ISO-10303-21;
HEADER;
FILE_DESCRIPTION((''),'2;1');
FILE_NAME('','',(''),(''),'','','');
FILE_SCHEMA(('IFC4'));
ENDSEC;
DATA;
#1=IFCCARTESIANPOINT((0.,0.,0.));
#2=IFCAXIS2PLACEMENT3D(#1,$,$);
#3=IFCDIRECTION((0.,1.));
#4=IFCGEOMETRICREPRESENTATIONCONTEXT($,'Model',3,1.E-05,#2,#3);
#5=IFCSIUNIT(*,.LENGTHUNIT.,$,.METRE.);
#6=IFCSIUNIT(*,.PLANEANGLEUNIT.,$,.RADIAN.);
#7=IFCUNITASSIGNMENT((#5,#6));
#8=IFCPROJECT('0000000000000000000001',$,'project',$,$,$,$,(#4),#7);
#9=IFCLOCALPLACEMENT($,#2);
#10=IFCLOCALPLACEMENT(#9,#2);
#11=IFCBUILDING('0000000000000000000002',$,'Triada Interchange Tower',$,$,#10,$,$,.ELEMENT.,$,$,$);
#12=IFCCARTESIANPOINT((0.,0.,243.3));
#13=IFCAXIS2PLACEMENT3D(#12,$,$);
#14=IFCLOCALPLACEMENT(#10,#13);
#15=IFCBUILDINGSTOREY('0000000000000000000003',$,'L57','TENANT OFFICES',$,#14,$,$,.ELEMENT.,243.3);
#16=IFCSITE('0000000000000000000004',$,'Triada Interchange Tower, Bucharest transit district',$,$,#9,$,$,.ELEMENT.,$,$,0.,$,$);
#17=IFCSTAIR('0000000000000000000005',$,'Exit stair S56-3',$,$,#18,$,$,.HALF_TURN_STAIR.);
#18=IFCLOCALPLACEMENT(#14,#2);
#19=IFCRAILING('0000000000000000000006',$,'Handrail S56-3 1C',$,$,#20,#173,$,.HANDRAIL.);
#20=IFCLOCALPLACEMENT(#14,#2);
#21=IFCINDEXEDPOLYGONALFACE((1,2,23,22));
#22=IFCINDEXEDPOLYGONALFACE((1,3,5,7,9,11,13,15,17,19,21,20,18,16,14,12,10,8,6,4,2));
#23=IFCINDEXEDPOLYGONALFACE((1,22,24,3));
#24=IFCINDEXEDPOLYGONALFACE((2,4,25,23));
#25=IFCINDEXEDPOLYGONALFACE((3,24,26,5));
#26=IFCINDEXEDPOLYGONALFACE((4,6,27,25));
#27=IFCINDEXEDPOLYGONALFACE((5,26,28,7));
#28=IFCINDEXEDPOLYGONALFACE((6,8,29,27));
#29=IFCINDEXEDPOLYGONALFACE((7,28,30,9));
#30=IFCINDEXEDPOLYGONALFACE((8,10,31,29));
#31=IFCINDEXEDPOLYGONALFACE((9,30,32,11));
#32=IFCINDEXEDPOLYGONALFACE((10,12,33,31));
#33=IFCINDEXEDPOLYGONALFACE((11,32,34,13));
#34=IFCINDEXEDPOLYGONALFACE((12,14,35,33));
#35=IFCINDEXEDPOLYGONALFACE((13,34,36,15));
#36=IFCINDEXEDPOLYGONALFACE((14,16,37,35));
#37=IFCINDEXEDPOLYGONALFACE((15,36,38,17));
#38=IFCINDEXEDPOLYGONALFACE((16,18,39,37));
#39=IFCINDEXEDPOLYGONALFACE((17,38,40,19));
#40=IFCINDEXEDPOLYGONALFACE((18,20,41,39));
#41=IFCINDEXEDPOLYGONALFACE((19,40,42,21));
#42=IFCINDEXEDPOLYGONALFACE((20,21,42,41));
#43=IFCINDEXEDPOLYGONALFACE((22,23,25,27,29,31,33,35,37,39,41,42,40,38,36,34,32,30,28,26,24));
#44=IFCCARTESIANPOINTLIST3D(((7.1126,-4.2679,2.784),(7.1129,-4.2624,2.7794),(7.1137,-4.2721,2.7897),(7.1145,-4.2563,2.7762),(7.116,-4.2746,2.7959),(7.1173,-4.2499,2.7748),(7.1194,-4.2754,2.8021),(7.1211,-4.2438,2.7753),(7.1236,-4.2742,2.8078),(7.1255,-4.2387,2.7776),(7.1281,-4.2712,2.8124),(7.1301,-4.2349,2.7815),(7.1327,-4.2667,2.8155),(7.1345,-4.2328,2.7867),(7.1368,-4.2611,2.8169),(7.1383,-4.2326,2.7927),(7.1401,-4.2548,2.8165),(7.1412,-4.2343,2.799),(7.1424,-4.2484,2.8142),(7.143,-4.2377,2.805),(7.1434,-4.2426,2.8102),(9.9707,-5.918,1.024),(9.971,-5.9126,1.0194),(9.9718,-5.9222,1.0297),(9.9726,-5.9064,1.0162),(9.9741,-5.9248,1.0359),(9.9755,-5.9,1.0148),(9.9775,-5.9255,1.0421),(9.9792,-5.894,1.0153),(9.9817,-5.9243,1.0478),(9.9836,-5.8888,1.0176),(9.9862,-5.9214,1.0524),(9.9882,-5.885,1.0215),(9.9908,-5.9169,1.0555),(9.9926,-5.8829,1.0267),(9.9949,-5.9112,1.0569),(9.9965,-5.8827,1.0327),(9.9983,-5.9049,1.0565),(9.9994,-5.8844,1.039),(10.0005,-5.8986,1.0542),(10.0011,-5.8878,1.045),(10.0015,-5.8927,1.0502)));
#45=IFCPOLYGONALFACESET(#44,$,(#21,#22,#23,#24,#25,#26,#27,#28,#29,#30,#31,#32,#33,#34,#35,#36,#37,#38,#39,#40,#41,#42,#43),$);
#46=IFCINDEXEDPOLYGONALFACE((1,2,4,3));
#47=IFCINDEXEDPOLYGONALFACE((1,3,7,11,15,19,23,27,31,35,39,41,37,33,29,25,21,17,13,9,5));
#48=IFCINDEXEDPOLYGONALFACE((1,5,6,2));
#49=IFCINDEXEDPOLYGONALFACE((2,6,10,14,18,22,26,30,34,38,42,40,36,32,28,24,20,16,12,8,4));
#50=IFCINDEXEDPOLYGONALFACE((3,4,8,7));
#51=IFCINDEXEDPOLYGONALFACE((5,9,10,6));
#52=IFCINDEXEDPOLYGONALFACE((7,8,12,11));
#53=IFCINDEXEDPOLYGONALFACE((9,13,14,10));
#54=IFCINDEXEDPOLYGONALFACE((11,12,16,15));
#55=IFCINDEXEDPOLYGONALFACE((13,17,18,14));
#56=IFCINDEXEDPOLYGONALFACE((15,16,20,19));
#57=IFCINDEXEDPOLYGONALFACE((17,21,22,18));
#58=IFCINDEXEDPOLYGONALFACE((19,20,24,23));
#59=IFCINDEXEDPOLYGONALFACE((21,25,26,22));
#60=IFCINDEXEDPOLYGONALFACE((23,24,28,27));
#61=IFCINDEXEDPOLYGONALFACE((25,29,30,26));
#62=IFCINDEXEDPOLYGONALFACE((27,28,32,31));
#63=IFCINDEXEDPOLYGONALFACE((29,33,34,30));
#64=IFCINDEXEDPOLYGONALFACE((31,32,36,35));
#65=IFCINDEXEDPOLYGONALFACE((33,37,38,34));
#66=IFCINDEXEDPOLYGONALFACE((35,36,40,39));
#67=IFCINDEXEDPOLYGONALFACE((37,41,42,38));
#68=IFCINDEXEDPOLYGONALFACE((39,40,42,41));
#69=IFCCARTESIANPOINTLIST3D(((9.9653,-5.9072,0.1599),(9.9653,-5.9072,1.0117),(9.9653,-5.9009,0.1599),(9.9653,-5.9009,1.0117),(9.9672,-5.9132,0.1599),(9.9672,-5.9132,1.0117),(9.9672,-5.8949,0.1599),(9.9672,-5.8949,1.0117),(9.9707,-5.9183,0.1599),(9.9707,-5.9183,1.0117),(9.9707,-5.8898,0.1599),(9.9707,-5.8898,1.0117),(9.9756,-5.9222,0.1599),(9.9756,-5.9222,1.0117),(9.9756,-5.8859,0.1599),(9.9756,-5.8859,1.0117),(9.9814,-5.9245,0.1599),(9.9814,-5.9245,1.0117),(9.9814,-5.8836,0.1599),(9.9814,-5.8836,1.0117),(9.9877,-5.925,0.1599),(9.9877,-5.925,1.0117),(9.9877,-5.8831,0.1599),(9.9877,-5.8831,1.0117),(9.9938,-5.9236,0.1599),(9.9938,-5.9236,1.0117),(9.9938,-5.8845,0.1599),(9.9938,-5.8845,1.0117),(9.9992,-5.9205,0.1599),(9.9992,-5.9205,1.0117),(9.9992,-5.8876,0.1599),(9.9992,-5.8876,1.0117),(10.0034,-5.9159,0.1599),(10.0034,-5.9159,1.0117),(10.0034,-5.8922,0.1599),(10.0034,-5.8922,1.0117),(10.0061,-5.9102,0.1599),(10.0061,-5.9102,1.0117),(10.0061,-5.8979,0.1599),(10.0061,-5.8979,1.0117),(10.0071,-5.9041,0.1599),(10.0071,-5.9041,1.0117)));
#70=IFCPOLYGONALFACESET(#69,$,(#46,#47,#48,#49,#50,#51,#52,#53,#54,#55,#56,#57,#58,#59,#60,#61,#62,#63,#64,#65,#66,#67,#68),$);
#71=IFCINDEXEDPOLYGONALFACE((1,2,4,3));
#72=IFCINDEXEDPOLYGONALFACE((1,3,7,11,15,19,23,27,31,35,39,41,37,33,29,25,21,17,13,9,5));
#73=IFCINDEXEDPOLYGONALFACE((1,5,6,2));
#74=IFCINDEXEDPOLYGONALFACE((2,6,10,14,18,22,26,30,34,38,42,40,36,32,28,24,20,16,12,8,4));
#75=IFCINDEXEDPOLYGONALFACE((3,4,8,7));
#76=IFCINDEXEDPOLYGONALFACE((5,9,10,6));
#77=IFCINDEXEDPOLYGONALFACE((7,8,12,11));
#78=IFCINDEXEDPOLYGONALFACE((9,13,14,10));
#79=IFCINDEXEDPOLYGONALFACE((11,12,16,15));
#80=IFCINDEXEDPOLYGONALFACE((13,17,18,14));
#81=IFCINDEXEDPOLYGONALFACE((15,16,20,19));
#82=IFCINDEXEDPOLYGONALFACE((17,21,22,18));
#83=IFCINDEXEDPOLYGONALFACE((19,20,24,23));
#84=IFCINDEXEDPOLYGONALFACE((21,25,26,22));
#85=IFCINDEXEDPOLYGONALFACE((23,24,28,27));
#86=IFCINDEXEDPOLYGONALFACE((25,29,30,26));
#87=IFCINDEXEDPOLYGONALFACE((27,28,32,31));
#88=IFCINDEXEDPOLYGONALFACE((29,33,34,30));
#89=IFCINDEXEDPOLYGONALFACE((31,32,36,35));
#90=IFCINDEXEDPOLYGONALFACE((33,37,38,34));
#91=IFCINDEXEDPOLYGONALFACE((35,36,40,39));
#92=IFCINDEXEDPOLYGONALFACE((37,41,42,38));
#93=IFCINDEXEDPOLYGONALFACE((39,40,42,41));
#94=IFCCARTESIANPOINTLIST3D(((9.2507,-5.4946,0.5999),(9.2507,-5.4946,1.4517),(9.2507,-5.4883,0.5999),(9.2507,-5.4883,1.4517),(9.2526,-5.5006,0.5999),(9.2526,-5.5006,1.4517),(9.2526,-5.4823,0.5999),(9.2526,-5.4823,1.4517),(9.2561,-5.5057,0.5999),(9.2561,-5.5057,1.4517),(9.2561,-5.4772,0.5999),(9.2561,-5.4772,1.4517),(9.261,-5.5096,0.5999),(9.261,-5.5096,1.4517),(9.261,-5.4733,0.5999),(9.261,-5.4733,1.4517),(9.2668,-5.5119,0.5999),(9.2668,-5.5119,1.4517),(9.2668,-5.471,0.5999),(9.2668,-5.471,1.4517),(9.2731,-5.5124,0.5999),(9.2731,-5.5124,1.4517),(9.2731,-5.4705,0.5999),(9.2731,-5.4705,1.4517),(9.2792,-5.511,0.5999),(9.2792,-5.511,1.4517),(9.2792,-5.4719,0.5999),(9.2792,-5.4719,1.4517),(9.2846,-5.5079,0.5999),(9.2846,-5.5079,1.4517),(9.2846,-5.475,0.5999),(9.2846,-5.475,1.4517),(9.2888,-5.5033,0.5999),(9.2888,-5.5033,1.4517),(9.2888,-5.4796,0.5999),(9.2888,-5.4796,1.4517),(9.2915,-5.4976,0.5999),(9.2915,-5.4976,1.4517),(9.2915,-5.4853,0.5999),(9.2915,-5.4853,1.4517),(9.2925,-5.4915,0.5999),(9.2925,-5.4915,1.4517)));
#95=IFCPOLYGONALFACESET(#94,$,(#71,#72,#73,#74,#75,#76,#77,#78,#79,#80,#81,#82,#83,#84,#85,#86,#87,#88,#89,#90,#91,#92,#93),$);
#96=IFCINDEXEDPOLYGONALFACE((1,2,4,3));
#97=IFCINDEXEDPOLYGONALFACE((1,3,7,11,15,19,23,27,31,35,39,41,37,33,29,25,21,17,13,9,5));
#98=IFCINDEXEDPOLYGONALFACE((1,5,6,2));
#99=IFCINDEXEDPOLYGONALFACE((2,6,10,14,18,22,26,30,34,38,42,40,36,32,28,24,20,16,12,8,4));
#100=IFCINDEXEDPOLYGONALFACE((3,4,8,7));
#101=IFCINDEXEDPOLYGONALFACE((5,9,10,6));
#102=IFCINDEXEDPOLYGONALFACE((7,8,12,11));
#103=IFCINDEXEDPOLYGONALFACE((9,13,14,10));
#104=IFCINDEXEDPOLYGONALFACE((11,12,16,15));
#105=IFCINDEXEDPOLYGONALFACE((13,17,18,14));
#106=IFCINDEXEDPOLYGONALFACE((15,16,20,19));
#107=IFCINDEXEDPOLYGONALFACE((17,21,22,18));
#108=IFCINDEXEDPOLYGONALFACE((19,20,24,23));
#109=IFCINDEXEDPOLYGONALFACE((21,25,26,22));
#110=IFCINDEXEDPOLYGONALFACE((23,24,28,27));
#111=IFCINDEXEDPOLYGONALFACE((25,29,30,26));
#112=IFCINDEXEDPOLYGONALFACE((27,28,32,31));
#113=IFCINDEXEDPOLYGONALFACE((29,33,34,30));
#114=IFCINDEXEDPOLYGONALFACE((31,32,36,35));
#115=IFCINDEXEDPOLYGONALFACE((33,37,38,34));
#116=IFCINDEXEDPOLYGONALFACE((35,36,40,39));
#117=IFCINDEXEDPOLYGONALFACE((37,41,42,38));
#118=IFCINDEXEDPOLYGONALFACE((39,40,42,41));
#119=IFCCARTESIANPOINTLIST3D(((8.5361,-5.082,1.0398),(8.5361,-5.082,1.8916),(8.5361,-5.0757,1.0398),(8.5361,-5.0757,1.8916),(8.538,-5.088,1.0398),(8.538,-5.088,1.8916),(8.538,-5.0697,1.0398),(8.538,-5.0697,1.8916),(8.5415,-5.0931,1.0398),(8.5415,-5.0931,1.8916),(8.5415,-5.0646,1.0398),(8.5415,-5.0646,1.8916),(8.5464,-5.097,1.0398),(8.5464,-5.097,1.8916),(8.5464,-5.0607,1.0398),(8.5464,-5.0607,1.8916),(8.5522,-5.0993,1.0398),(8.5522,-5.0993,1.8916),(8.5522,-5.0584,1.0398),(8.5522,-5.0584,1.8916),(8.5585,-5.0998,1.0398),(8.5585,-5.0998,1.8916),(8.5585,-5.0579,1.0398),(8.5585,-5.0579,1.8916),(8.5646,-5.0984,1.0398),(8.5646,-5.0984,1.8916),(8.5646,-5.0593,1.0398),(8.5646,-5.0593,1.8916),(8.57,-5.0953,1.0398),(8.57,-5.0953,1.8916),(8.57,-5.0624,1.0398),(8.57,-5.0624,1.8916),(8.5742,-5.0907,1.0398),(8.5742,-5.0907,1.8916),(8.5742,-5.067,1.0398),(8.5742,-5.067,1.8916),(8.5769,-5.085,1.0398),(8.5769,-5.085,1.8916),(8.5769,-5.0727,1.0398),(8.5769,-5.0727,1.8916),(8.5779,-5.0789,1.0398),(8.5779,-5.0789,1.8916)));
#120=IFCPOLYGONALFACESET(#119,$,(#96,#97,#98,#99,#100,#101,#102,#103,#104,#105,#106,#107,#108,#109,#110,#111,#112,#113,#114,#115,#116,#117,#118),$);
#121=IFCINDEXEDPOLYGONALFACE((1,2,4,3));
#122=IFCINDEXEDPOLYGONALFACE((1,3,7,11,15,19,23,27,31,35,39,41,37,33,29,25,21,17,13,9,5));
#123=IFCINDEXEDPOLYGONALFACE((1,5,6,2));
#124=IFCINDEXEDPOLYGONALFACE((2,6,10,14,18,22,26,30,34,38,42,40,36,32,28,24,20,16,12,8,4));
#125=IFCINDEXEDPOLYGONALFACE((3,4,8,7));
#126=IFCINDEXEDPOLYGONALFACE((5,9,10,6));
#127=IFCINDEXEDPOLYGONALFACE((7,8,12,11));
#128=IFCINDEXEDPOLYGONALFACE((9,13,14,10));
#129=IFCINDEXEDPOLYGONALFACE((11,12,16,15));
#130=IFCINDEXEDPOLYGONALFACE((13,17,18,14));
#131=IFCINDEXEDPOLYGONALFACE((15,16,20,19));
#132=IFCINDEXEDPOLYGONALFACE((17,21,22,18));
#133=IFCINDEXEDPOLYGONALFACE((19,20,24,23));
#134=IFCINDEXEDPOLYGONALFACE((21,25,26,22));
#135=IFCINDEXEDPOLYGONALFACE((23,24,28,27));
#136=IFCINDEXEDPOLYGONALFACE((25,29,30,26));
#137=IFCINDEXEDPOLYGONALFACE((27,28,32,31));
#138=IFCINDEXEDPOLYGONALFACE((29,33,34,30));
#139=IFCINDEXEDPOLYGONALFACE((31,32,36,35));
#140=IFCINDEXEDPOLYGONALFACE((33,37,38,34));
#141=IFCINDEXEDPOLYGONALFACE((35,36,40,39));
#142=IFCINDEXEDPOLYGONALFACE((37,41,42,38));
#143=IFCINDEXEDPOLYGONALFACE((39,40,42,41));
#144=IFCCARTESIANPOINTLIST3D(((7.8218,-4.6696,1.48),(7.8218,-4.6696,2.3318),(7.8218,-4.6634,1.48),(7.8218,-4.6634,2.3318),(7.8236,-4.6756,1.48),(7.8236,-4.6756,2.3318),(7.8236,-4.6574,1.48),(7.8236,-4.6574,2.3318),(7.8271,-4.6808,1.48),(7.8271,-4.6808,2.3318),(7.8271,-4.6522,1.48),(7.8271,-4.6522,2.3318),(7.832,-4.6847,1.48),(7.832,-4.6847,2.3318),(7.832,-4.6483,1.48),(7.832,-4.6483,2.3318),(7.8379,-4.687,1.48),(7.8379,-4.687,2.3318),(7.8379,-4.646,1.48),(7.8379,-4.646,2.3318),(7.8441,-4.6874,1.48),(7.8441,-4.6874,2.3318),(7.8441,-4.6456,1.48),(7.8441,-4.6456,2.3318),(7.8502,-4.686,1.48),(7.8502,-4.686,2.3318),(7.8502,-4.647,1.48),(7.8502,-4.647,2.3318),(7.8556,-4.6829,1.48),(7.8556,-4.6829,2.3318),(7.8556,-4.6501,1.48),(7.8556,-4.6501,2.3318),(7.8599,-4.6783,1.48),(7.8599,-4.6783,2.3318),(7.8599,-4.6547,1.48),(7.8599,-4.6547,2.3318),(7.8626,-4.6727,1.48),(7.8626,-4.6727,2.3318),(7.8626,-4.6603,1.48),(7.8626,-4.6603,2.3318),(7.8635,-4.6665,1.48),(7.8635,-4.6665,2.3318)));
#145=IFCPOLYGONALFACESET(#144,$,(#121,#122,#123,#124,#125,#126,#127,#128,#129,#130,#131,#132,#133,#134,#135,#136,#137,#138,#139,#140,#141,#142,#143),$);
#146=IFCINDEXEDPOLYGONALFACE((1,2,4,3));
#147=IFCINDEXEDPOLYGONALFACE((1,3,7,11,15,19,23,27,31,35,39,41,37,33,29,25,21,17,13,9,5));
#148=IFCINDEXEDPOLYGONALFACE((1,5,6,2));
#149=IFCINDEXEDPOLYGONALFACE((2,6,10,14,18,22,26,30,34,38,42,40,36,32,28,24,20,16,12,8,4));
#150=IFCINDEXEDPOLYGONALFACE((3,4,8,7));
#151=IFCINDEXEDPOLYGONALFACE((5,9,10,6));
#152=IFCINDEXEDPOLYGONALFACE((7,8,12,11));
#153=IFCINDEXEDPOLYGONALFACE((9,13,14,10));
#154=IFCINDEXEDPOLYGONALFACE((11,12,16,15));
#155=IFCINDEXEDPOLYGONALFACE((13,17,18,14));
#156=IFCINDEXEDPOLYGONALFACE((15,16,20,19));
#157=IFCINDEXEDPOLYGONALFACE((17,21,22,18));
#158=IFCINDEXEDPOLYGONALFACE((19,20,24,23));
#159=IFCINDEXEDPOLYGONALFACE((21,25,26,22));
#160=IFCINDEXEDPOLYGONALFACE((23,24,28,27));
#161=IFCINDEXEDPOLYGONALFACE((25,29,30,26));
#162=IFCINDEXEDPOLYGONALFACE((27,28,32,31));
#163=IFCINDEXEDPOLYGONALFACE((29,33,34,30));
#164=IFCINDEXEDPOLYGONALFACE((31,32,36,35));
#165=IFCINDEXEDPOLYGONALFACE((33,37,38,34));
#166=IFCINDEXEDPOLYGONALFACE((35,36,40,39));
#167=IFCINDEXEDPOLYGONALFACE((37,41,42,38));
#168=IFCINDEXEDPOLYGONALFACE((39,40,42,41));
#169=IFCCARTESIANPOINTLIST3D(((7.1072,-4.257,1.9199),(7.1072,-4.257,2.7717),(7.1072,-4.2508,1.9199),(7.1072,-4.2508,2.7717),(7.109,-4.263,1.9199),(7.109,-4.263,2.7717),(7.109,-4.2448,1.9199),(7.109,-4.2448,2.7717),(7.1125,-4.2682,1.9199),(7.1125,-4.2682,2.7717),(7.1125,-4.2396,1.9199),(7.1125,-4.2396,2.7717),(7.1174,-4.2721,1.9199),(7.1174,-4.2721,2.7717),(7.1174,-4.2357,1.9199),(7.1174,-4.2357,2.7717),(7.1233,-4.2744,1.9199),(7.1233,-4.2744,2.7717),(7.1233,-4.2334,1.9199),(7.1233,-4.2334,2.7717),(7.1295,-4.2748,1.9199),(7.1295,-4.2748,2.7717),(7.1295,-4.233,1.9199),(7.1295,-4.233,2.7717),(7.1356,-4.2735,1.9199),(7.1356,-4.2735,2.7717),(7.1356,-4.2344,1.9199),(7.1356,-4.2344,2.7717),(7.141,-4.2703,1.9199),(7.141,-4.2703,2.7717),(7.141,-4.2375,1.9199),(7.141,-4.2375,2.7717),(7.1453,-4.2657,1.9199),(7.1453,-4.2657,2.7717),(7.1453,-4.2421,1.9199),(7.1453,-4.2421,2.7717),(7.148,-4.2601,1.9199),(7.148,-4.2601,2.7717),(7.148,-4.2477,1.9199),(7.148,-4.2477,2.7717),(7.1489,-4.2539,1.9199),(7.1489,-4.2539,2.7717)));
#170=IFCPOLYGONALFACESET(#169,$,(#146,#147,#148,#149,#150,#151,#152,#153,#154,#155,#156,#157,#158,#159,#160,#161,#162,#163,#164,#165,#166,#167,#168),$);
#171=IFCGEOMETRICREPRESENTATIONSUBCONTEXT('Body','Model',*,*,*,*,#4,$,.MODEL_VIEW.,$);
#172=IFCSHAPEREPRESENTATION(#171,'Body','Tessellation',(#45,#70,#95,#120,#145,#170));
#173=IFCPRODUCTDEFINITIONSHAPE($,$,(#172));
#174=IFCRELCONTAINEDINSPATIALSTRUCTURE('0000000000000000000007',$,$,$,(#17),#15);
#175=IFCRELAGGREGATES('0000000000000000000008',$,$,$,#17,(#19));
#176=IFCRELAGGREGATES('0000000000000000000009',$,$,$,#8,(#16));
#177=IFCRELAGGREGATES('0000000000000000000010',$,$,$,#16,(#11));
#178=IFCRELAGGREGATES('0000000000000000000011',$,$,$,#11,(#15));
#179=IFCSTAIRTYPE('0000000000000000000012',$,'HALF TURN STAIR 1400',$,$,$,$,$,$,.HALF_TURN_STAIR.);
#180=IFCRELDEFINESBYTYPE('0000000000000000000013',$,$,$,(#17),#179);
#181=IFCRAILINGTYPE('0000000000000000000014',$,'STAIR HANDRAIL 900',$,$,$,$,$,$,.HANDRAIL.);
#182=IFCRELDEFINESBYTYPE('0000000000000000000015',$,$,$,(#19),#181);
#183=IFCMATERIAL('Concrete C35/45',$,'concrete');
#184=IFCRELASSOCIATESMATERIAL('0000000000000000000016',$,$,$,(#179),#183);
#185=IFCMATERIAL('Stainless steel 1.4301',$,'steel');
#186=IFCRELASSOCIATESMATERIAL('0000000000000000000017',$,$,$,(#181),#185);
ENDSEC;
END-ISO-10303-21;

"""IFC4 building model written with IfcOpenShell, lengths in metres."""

from ifc_helpers import new_model, si_unit, direction, frame, origin, origin_2d, place, context, subcontext, project, spatial, circle, extrude, material, type_object, element, aggregate, save


model = new_model("IFC4")

# Units and contexts
model_context = context("Model", 3, precision=1e-05, world=origin(), true_north=direction((0.0, 1.0)))
body_context = subcontext(model_context, "Body", "Model", "MODEL_VIEW")
ifc_project = project(units=[si_unit("LENGTHUNIT", "METRE"), si_unit("PLANEANGLEUNIT", "RADIAN")], contexts=[model_context])

# Site, building, storey
site_placement = place(None, origin())
site = spatial("IfcSite", under=ifc_project, at=site_placement, Name="Triada Interchange Tower, Bucharest transit district", CompositionType="ELEMENT", RefElevation=0.0)
building_placement = place(site_placement, origin())
building = spatial("IfcBuilding", under=site, at=building_placement, Name="Triada Interchange Tower", CompositionType="ELEMENT")
storey_placement = place(building_placement, frame((0.0, 0.0, 243.3)))
storey = spatial("IfcBuildingStorey", under=building, at=storey_placement, Name="L57", Description="TENANT OFFICES", CompositionType="ELEMENT", Elevation=243.3)

# Stair, railing
ifc_material_1 = material(Name="Concrete C35/45", Category="concrete")
stair_type = type_object("IfcStairType", Name="HALF TURN STAIR 1400", PredefinedType="HALF_TURN_STAIR", material=ifc_material_1)
stair_placement = place(storey_placement, origin())
stair = element("IfcStair", 1, at=stair_placement, inside=storey, type_object=stair_type, Name="Exit stair S56-3", PredefinedType="HALF_TURN_STAIR")
ifc_material_2 = material(Name="Stainless steel 1.4301", Category="steel")
railing_type = type_object("IfcRailingType", Name="STAIR HANDRAIL 900", PredefinedType="HANDRAIL", material=ifc_material_2)
railing_1_placement = place(storey_placement, frame((9.9861, -5.9041, 0.1599)))
railing_1 = element("IfcRailing", 2, at=railing_1_placement, type_object=railing_type, Name="Handrail S56-3 1C", PredefinedType="HANDRAIL", context=body_context, shape_type="SweptSolid", body=[
    extrude(circle(Radius=0.0239, at=origin_2d()), frame((0.0, 0.0, 0.876), z_axis=(-0.764156, 0.441183, 0.470556), x_axis=(-0.499998, -0.866027, 0.0)), (0.0, 0.0, 1.0), 3.7402),
    extrude(circle(Radius=0.021, at=origin_2d()), origin(), (0.0, 0.0, 1.0), 0.8518),
    extrude(circle(Radius=0.021, at=origin_2d()), frame((-0.7146, 0.4126, 0.4399)), (0.0, 0.0, 1.0), 0.8518),
    extrude(circle(Radius=0.021, at=origin_2d()), frame((-1.4292, 0.8252, 0.8799)), (0.0, 0.0, 1.0), 0.8518),
    extrude(circle(Radius=0.021, at=origin_2d()), frame((-2.1436, 1.2375, 1.3201)), (0.0, 0.0, 1.0), 0.8518),
    extrude(circle(Radius=0.021, at=origin_2d()), frame((-2.8582, 1.6501, 1.76)), (0.0, 0.0, 1.0), 0.8518),
])
aggregate(stair, [railing_1])

save(model, "model.ifc")
